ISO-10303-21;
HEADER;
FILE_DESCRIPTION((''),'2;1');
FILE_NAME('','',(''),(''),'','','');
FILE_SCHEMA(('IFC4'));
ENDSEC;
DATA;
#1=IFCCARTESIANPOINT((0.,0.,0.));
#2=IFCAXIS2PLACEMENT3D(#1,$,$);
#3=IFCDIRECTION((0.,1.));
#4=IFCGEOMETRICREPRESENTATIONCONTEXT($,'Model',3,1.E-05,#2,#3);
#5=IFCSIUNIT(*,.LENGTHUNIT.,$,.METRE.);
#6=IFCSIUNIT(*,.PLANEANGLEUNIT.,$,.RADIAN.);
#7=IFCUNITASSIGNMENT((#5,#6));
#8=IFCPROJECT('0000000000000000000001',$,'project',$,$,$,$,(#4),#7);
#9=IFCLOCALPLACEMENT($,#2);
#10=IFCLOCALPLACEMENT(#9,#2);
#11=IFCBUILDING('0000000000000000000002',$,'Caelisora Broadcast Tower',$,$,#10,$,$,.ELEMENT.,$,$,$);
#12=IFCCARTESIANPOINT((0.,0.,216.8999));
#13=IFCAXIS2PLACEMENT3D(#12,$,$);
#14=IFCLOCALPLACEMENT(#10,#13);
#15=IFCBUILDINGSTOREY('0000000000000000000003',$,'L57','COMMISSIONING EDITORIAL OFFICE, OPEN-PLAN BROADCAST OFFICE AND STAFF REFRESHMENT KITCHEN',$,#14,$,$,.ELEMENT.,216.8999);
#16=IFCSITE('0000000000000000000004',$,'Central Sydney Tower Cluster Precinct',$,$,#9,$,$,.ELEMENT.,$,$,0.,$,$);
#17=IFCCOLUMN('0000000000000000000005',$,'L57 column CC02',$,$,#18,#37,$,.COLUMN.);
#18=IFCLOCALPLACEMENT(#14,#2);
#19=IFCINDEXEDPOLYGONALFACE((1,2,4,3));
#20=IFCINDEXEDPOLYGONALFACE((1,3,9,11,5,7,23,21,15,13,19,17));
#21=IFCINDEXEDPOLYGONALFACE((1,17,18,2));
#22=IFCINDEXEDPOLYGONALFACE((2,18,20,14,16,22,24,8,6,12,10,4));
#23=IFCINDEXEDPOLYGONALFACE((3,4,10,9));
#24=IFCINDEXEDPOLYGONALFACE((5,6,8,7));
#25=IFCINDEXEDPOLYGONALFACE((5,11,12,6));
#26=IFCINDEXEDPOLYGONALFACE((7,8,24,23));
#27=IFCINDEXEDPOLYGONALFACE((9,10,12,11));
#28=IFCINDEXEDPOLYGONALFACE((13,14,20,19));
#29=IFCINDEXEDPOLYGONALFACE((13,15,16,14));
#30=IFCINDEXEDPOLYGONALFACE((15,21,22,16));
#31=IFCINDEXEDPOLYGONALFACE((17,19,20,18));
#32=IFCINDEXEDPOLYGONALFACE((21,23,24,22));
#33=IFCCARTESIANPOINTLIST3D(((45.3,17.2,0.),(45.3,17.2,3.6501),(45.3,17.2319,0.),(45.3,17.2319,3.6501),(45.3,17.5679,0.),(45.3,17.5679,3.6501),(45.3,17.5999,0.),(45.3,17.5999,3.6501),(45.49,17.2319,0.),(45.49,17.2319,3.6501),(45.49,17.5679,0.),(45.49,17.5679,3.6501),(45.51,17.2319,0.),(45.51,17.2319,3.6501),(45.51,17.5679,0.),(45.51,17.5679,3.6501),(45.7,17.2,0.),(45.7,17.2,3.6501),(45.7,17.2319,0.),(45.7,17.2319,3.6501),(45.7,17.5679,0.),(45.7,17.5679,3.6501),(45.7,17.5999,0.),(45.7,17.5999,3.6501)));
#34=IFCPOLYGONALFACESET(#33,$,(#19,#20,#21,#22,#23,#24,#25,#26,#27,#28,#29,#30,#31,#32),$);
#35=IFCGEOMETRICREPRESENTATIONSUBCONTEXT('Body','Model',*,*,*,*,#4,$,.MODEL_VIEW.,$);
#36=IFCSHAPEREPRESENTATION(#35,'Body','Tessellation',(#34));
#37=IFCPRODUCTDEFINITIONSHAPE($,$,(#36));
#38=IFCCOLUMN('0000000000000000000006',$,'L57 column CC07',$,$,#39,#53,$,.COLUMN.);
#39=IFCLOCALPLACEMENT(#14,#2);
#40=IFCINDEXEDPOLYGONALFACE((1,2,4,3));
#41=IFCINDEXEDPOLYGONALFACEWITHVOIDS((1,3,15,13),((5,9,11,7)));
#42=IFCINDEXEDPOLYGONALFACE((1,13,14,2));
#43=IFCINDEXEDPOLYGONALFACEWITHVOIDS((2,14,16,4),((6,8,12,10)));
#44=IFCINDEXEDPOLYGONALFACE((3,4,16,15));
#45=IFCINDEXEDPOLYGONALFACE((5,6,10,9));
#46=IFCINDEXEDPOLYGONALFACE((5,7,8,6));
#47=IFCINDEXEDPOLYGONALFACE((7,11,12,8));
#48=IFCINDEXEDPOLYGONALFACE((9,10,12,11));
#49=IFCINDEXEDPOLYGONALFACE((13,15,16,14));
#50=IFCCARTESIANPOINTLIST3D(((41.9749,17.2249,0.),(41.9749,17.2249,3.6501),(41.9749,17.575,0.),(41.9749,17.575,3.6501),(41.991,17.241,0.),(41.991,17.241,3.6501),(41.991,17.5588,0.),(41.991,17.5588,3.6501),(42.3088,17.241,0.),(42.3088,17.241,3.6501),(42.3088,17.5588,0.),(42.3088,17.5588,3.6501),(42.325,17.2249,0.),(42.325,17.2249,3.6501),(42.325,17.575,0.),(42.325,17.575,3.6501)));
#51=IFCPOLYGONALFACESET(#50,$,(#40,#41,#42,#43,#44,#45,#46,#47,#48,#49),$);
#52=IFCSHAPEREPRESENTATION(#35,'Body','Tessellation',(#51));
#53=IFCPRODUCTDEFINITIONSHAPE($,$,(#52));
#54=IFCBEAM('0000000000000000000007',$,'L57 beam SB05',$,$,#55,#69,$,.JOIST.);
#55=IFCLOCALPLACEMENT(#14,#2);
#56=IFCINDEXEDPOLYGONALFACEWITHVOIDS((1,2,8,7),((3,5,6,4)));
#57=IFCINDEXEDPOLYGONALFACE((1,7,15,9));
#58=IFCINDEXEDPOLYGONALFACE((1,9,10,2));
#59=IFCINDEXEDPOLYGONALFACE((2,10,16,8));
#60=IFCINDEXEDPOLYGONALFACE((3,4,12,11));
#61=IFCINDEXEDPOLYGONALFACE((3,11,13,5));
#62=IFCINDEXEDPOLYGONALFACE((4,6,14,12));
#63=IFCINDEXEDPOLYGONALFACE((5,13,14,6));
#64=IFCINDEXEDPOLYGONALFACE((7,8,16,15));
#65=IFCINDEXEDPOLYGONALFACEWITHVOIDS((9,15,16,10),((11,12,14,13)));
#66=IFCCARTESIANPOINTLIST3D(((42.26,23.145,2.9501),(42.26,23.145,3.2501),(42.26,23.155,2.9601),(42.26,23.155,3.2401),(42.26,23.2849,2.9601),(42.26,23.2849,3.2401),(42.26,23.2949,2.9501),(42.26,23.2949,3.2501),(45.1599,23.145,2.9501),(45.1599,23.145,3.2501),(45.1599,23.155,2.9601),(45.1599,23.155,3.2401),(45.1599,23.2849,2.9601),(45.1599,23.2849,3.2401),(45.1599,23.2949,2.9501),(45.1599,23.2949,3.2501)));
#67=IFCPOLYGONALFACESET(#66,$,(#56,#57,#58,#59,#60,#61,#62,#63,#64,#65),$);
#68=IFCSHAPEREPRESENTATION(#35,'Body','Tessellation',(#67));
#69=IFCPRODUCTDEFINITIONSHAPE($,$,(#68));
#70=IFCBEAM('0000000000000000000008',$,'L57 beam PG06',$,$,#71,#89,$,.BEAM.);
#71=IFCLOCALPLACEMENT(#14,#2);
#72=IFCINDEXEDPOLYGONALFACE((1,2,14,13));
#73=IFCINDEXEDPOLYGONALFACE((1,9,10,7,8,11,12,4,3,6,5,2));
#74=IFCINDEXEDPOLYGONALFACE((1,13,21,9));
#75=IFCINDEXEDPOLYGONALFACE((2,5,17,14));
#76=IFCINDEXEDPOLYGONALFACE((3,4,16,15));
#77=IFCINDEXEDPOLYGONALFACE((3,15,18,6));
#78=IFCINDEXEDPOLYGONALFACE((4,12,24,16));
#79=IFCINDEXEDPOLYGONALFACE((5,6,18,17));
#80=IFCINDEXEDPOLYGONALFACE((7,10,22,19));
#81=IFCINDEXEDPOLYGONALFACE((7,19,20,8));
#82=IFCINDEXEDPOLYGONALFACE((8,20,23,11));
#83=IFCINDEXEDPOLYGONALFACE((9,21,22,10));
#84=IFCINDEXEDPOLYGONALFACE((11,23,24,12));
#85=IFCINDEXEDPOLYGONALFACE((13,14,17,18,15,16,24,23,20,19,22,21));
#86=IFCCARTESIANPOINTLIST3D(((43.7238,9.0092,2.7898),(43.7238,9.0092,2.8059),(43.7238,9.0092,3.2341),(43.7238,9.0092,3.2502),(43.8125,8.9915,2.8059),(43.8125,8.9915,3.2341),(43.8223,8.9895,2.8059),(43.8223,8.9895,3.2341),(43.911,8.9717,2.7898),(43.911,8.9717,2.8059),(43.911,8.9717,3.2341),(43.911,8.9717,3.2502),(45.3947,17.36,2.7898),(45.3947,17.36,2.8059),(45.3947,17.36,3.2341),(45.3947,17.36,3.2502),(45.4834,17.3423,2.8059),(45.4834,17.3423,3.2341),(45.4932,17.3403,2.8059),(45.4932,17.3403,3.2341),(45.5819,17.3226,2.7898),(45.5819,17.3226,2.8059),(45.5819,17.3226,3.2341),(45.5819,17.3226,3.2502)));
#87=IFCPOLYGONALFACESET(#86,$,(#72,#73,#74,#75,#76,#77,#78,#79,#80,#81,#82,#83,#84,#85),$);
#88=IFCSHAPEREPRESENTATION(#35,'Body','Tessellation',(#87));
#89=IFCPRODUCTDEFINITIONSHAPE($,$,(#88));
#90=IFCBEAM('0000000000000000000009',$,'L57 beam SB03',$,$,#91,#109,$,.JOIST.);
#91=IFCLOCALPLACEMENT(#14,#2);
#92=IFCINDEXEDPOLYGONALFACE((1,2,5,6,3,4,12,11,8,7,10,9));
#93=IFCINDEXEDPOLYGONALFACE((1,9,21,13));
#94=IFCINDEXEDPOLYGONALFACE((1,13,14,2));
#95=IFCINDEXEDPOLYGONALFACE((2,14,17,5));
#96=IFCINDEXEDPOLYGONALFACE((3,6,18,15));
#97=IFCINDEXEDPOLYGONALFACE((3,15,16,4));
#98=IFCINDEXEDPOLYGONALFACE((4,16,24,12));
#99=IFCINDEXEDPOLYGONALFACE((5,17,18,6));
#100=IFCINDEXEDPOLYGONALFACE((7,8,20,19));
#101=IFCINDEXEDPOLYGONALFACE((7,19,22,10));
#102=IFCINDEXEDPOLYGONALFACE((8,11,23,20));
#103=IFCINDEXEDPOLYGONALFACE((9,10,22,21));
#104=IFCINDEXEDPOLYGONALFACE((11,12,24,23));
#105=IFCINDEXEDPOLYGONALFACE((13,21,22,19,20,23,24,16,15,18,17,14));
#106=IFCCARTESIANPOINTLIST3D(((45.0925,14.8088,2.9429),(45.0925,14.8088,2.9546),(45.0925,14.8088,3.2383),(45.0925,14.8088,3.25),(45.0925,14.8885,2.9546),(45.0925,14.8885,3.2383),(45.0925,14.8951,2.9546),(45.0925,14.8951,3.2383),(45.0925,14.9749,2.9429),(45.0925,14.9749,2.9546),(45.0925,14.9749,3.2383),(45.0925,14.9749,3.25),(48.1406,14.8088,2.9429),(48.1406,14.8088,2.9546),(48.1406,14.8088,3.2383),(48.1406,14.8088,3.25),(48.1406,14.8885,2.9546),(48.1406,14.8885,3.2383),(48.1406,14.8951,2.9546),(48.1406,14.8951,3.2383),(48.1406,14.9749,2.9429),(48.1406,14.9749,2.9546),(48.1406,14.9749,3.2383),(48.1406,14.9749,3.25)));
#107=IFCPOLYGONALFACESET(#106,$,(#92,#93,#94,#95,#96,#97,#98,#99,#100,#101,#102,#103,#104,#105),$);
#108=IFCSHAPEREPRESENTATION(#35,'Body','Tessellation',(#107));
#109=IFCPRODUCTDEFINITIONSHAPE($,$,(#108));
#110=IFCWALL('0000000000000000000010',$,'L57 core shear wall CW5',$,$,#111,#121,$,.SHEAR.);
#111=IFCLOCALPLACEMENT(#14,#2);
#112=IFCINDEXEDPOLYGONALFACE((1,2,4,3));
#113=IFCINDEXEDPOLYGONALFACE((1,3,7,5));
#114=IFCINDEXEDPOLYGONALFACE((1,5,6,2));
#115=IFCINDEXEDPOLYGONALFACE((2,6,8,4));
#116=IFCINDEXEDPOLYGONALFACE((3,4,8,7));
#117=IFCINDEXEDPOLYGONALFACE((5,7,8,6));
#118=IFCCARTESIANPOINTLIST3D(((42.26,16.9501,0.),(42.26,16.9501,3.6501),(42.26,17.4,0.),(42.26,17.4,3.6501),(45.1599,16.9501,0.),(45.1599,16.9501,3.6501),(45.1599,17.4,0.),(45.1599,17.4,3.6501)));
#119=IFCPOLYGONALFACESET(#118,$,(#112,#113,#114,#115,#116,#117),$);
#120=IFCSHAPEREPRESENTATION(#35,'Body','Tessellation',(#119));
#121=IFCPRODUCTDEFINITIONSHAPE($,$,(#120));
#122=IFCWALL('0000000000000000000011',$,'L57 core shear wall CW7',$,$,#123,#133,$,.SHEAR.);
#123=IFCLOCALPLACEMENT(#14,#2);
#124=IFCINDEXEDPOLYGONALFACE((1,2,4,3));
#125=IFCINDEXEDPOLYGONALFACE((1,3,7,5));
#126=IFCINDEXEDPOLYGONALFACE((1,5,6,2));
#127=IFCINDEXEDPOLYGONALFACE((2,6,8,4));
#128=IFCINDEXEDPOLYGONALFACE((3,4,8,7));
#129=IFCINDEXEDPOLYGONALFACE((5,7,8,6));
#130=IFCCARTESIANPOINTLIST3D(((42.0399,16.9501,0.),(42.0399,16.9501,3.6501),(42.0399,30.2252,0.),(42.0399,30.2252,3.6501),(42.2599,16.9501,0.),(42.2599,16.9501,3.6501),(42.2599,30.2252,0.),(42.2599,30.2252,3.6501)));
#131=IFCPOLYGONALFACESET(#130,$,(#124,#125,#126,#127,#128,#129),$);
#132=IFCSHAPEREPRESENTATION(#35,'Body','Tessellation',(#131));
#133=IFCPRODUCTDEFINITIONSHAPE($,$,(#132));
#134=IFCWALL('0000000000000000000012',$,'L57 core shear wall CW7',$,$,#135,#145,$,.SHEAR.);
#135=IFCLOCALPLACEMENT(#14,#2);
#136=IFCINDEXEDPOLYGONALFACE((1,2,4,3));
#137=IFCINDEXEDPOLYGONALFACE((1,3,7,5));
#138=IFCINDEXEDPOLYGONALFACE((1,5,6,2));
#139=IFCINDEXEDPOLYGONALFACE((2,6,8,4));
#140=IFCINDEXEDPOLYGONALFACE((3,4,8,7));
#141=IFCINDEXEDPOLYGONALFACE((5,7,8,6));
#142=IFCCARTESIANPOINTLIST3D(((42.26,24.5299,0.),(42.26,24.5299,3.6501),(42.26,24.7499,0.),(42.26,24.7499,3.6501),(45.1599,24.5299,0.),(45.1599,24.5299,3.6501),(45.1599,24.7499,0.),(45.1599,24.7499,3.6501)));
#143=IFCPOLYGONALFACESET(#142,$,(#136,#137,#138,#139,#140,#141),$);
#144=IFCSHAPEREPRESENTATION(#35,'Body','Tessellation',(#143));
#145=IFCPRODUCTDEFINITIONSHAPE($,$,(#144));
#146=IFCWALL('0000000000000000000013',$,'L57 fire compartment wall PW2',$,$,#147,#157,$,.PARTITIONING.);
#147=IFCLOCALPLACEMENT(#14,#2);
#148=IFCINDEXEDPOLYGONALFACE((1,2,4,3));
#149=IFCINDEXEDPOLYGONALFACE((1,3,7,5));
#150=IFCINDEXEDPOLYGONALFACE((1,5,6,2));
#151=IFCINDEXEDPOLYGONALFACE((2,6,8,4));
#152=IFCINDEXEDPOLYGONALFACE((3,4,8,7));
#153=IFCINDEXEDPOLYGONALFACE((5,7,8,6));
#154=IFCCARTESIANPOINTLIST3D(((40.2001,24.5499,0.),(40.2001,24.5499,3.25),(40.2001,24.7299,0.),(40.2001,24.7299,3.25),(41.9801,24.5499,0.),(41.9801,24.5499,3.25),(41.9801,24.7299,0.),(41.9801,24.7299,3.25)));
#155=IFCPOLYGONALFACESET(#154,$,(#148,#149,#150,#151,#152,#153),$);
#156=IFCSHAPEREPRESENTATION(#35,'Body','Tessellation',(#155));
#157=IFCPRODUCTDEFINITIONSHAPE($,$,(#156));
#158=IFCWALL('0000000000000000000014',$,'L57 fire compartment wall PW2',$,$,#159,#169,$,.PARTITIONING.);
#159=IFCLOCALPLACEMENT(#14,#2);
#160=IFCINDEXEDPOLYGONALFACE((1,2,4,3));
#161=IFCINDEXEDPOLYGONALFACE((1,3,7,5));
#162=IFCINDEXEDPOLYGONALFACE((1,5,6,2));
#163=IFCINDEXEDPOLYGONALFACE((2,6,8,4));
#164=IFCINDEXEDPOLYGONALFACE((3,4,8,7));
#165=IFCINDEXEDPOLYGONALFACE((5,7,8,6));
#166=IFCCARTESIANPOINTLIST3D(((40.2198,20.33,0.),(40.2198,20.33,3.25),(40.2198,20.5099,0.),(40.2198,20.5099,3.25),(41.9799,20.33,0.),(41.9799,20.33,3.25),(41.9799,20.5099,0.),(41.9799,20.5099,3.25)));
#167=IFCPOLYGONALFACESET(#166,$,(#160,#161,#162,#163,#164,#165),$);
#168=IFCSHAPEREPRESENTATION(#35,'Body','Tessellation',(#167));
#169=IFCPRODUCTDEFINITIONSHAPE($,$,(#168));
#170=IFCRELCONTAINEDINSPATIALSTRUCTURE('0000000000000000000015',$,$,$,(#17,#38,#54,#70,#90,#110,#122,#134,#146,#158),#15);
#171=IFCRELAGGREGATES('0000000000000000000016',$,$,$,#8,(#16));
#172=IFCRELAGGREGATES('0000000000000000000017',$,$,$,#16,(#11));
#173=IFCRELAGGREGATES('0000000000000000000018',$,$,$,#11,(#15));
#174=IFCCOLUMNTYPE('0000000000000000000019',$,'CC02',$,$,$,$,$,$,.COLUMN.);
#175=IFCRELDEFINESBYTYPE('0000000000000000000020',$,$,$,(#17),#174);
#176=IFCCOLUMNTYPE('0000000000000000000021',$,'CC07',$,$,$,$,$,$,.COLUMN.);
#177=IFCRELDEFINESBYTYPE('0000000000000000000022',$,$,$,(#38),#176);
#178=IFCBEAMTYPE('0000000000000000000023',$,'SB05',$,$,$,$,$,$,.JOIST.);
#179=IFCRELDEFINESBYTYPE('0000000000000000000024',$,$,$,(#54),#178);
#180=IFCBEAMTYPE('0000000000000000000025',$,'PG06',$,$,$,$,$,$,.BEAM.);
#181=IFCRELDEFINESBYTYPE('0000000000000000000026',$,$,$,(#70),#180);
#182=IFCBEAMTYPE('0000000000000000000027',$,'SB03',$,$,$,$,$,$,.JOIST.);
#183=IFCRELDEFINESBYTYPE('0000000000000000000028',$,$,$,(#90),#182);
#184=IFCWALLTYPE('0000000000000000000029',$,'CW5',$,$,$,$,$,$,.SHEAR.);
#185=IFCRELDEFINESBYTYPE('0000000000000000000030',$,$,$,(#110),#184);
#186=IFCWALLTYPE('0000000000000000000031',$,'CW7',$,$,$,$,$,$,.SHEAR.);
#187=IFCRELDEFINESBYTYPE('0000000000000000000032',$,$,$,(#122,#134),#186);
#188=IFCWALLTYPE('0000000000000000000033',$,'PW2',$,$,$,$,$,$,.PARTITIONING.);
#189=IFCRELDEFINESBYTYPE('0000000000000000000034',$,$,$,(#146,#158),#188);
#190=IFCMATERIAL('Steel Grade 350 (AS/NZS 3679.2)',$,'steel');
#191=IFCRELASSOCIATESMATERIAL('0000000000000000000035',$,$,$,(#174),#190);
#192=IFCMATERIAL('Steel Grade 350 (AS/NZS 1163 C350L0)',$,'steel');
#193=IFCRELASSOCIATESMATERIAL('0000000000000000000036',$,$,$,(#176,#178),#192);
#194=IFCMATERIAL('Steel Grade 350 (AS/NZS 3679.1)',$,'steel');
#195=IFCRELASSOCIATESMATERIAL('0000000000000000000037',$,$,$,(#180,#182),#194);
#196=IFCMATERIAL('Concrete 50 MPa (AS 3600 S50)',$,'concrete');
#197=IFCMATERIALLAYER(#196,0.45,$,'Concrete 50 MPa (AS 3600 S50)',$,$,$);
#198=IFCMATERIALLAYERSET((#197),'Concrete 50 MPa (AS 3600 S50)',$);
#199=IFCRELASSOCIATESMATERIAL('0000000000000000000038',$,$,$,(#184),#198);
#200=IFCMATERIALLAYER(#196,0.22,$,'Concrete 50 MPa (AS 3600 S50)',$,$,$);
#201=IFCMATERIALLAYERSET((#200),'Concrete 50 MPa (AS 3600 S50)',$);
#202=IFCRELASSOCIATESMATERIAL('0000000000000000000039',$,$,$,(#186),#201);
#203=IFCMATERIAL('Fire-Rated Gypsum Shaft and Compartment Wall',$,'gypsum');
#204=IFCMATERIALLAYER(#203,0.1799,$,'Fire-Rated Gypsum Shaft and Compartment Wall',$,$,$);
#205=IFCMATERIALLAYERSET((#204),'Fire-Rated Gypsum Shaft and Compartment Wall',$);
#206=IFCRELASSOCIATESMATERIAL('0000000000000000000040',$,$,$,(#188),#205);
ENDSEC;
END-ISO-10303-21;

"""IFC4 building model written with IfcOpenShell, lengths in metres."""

from ifc_helpers import new_model, si_unit, direction, frame, frame_2d, origin, origin_2d, place, context, subcontext, project, spatial, rectangle, hollow_rectangle, i_section, extrude, source, transform, mapped, material, layer, layer_set, material_profile, profile_set, type_object, type_shapes, element, save


model = new_model("IFC4")

# Units and contexts
model_context = context("Model", 3, precision=1e-05, world=origin(), true_north=direction((0.0, 1.0)))
body_context = subcontext(model_context, "Body", "Model", "MODEL_VIEW")
ifc_project = project(units=[si_unit("LENGTHUNIT", "METRE"), si_unit("PLANEANGLEUNIT", "RADIAN")], contexts=[model_context])

# Site, building, storey
site_placement = place(None, origin())
site = spatial("IfcSite", under=ifc_project, at=site_placement, Name="Central Sydney Tower Cluster Precinct", CompositionType="ELEMENT", RefElevation=0.0)
building_placement = place(site_placement, origin())
building = spatial("IfcBuilding", under=site, at=building_placement, Name="Caelisora Broadcast Tower", CompositionType="ELEMENT")
storey_placement = place(building_placement, frame((0.0, 0.0, 216.8999)))
storey = spatial("IfcBuildingStorey", under=building, at=storey_placement, Name="L57", Description="COMMISSIONING EDITORIAL OFFICE, OPEN-PLAN BROADCAST OFFICE AND STAFF REFRESHMENT KITCHEN", CompositionType="ELEMENT", Elevation=216.8999)

# Columns
ifc_material_1 = material(Name="Steel Grade 350 (AS/NZS 3679.2)", Category="steel")
ifc_material_profile_1 = material_profile(ifc_material_1, i_section(OverallWidth=0.3999, OverallDepth=0.3999, WebThickness=0.02, FlangeThickness=0.032, at=origin_2d()), Name="Steel Grade 350 (AS/NZS 3679.2)")
ifc_profile_set_1 = profile_set([ifc_material_profile_1], Name="Steel Grade 350 (AS/NZS 3679.2)")
column_type_1 = type_object("IfcColumnType", Name="CC02", PredefinedType="COLUMN", material=ifc_profile_set_1)
shared_shape_1 = source(origin(), body_context, "Body", "SweptSolid", [
    extrude(i_section(OverallWidth=0.3999, OverallDepth=0.3999, WebThickness=0.02, FlangeThickness=0.032, at=origin_2d()), origin(), (0.0, 0.0, 1.0), 3.6501),
])
type_shapes(column_type_1, [shared_shape_1])
column_1_placement = place(storey_placement, frame((45.5, 17.3999, 0.0), z_axis=(0.0, 0.0, 1.0), x_axis=(1.0, 0.0, 0.0)))
element("IfcColumn", 1, at=column_1_placement, inside=storey, type_object=column_type_1, Name="L57 column CC02", PredefinedType="COLUMN", context=body_context, shape_type="MappedRepresentation", body=[
    mapped(shared_shape_1, transform((0.0, 0.0, 0.0), scale=1.0)),
])
ifc_material_2 = material(Name="Steel Grade 350 (AS/NZS 1163 C350L0)", Category="steel")
ifc_material_profile_2 = material_profile(ifc_material_2, hollow_rectangle(XDim=0.3501, YDim=0.3501, WallThickness=0.0161, at=origin_2d()), Name="Steel Grade 350 (AS/NZS 1163 C350L0)")
ifc_profile_set_2 = profile_set([ifc_material_profile_2], Name="Steel Grade 350 (AS/NZS 1163 C350L0)")
column_type_2 = type_object("IfcColumnType", Name="CC07", PredefinedType="COLUMN", material=ifc_profile_set_2)
shared_shape_2 = source(origin(), body_context, "Body", "SweptSolid", [
    extrude(hollow_rectangle(XDim=0.3501, YDim=0.3501, WallThickness=0.0161, at=origin_2d()), origin(), (0.0, 0.0, 1.0), 3.6501),
])
type_shapes(column_type_2, [shared_shape_2])
column_2_placement = place(storey_placement, frame((42.1499, 17.3999, 0.0), z_axis=(0.0, 0.0, 1.0), x_axis=(1.0, 0.0, 0.0)))
element("IfcColumn", 2, at=column_2_placement, inside=storey, type_object=column_type_2, Name="L57 column CC07", PredefinedType="COLUMN", context=body_context, shape_type="MappedRepresentation", body=[
    mapped(shared_shape_2, transform((0.0, 0.0, 0.0), scale=1.0)),
])

# Beams
ifc_material_profile_3 = material_profile(ifc_material_2, hollow_rectangle(XDim=0.1499, YDim=0.3, WallThickness=0.01, at=origin_2d()), Name="Steel Grade 350 (AS/NZS 1163 C350L0)")
ifc_profile_set_3 = profile_set([ifc_material_profile_3], Name="Steel Grade 350 (AS/NZS 1163 C350L0)")
beam_type_1 = type_object("IfcBeamType", Name="SB05", PredefinedType="JOIST", material=ifc_profile_set_3)
shared_shape_3 = source(origin(), body_context, "Body", "SweptSolid", [
    extrude(hollow_rectangle(XDim=0.1499, YDim=0.3, WallThickness=0.01, at=origin_2d()), origin(), (0.0, 0.0, 1.0), 2.8999),
])
type_shapes(beam_type_1, [shared_shape_3])
beam_1_placement = place(storey_placement, frame((42.26, 23.22, 3.1001), z_axis=(1.0, 0.0, 0.0), x_axis=(0.0, 1.0, 0.0)))
element("IfcBeam", 3, at=beam_1_placement, inside=storey, type_object=beam_type_1, Name="L57 beam SB05", PredefinedType="JOIST", context=body_context, shape_type="MappedRepresentation", body=[
    mapped(shared_shape_3, transform((0.0, 0.0, 0.0), scale=1.0)),
])
ifc_material_3 = material(Name="Steel Grade 350 (AS/NZS 3679.1)", Category="steel")
ifc_material_profile_4 = material_profile(ifc_material_3, i_section(OverallWidth=0.1909, OverallDepth=0.4604, WebThickness=0.01, FlangeThickness=0.0161, at=origin_2d()), Name="Steel Grade 350 (AS/NZS 3679.1)")
ifc_profile_set_4 = profile_set([ifc_material_profile_4], Name="Steel Grade 350 (AS/NZS 3679.1)")
beam_type_2 = type_object("IfcBeamType", Name="PG06", PredefinedType="BEAM", material=ifc_profile_set_4)
shared_shape_4 = source(origin(), body_context, "Body", "SweptSolid", [
    extrude(i_section(OverallWidth=0.1909, OverallDepth=0.4604, WebThickness=0.01, FlangeThickness=0.0161, at=origin_2d()), origin(), (0.0, 0.0, 1.0), 8.5164),
])
type_shapes(beam_type_2, [shared_shape_4])
beam_2_placement = place(storey_placement, frame((45.4883, 17.3413, 3.02), z_axis=(-0.196199, -0.980564, 0.0), x_axis=(0.980564, -0.196199, 0.0)))
element("IfcBeam", 4, at=beam_2_placement, inside=storey, type_object=beam_type_2, Name="L57 beam PG06", PredefinedType="BEAM", context=body_context, shape_type="MappedRepresentation", body=[
    mapped(shared_shape_4, transform((0.0, 0.0, 0.0), scale=1.0)),
])
ifc_material_profile_5 = material_profile(ifc_material_3, i_section(OverallWidth=0.166, OverallDepth=0.3071, WebThickness=0.0066, FlangeThickness=0.0117, at=origin_2d()), Name="Steel Grade 350 (AS/NZS 3679.1)")
ifc_profile_set_5 = profile_set([ifc_material_profile_5], Name="Steel Grade 350 (AS/NZS 3679.1)")
beam_type_3 = type_object("IfcBeamType", Name="SB03", PredefinedType="JOIST", material=ifc_profile_set_5)
shared_shape_5 = source(origin(), body_context, "Body", "SweptSolid", [
    extrude(i_section(OverallWidth=0.166, OverallDepth=0.3071, WebThickness=0.0066, FlangeThickness=0.0117, at=origin_2d()), origin(), (0.0, 0.0, 1.0), 3.0481),
])
type_shapes(beam_type_3, [shared_shape_5])
beam_3_placement = place(storey_placement, frame((45.0925, 14.8918, 3.0964), z_axis=(1.0, 0.0, 0.0), x_axis=(0.0, 1.0, 0.0)))
element("IfcBeam", 5, at=beam_3_placement, inside=storey, type_object=beam_type_3, Name="L57 beam SB03", PredefinedType="JOIST", context=body_context, shape_type="MappedRepresentation", body=[
    mapped(shared_shape_5, transform((0.0, 0.0, 0.0), scale=1.0)),
])

# Shared definitions
ifc_material_4 = material(Name="Concrete 50 MPa (AS 3600 S50)", Category="concrete")

# Walls
ifc_layer_1 = layer(ifc_material_4, 0.45, Name="Concrete 50 MPa (AS 3600 S50)")
ifc_layer_set_1 = layer_set([ifc_layer_1], Name="Concrete 50 MPa (AS 3600 S50)")
wall_type_1 = type_object("IfcWallType", Name="CW5", PredefinedType="SHEAR", material=ifc_layer_set_1)
wall_1_placement = place(storey_placement, frame((42.26, 17.175, 0.0), z_axis=(0.0, 0.0, 1.0), x_axis=(1.0, 0.0, 0.0)))
element("IfcWall", 6, at=wall_1_placement, inside=storey, type_object=wall_type_1, Name="L57 core shear wall CW5", PredefinedType="SHEAR", context=body_context, shape_type="SweptSolid", body=[
    extrude(rectangle(XDim=2.8999, YDim=0.45, at=frame_2d((1.45, 0.0))), origin(), (0.0, 0.0, 1.0), 3.6501),
])
ifc_layer_2 = layer(ifc_material_4, 0.22, Name="Concrete 50 MPa (AS 3600 S50)")
ifc_layer_set_2 = layer_set([ifc_layer_2], Name="Concrete 50 MPa (AS 3600 S50)")
wall_type_2 = type_object("IfcWallType", Name="CW7", PredefinedType="SHEAR", material=ifc_layer_set_2)
wall_2_placement = place(storey_placement, frame((42.1499, 16.95, 0.0), z_axis=(0.0, 0.0, 1.0), x_axis=(0.0, 1.0, 0.0)))
element("IfcWall", 7, at=wall_2_placement, inside=storey, type_object=wall_type_2, Name="L57 core shear wall CW7", PredefinedType="SHEAR", context=body_context, shape_type="SweptSolid", body=[
    extrude(rectangle(XDim=13.2751, YDim=0.22, at=frame_2d((6.6377, 0.0))), origin(), (0.0, 0.0, 1.0), 3.6501),
])
wall_3_placement = place(storey_placement, frame((42.26, 24.6399, 0.0), z_axis=(0.0, 0.0, 1.0), x_axis=(1.0, 0.0, 0.0)))
element("IfcWall", 8, at=wall_3_placement, inside=storey, type_object=wall_type_2, Name="L57 core shear wall CW7", PredefinedType="SHEAR", context=body_context, shape_type="SweptSolid", body=[
    extrude(rectangle(XDim=2.8999, YDim=0.22, at=frame_2d((1.45, 0.0))), origin(), (0.0, 0.0, 1.0), 3.6501),
])
ifc_material_5 = material(Name="Fire-Rated Gypsum Shaft and Compartment Wall", Category="gypsum")
ifc_layer_3 = layer(ifc_material_5, 0.1799, Name="Fire-Rated Gypsum Shaft and Compartment Wall")
ifc_layer_set_3 = layer_set([ifc_layer_3], Name="Fire-Rated Gypsum Shaft and Compartment Wall")
wall_type_3 = type_object("IfcWallType", Name="PW2", PredefinedType="PARTITIONING", material=ifc_layer_set_3)
wall_4_placement = place(storey_placement, frame((40.2, 24.6399, 0.0), z_axis=(0.0, 0.0, 1.0), x_axis=(1.0, 0.0, 0.0)))
element("IfcWall", 9, at=wall_4_placement, inside=storey, type_object=wall_type_3, Name="L57 fire compartment wall PW2", PredefinedType="PARTITIONING", context=body_context, shape_type="SweptSolid", body=[
    extrude(rectangle(XDim=1.78, YDim=0.1799, at=frame_2d((0.8901, 0.0))), origin(), (0.0, 0.0, 1.0), 3.25),
])
wall_5_placement = place(storey_placement, frame((40.22, 20.4199, 0.0), z_axis=(0.0, 0.0, 1.0), x_axis=(1.0, 0.0, 0.0)))
element("IfcWall", 10, at=wall_5_placement, inside=storey, type_object=wall_type_3, Name="L57 fire compartment wall PW2", PredefinedType="PARTITIONING", context=body_context, shape_type="SweptSolid", body=[
    extrude(rectangle(XDim=1.76, YDim=0.1799, at=frame_2d((0.8799, 0.0))), origin(), (0.0, 0.0, 1.0), 3.25),
])

save(model, "model.ifc")
